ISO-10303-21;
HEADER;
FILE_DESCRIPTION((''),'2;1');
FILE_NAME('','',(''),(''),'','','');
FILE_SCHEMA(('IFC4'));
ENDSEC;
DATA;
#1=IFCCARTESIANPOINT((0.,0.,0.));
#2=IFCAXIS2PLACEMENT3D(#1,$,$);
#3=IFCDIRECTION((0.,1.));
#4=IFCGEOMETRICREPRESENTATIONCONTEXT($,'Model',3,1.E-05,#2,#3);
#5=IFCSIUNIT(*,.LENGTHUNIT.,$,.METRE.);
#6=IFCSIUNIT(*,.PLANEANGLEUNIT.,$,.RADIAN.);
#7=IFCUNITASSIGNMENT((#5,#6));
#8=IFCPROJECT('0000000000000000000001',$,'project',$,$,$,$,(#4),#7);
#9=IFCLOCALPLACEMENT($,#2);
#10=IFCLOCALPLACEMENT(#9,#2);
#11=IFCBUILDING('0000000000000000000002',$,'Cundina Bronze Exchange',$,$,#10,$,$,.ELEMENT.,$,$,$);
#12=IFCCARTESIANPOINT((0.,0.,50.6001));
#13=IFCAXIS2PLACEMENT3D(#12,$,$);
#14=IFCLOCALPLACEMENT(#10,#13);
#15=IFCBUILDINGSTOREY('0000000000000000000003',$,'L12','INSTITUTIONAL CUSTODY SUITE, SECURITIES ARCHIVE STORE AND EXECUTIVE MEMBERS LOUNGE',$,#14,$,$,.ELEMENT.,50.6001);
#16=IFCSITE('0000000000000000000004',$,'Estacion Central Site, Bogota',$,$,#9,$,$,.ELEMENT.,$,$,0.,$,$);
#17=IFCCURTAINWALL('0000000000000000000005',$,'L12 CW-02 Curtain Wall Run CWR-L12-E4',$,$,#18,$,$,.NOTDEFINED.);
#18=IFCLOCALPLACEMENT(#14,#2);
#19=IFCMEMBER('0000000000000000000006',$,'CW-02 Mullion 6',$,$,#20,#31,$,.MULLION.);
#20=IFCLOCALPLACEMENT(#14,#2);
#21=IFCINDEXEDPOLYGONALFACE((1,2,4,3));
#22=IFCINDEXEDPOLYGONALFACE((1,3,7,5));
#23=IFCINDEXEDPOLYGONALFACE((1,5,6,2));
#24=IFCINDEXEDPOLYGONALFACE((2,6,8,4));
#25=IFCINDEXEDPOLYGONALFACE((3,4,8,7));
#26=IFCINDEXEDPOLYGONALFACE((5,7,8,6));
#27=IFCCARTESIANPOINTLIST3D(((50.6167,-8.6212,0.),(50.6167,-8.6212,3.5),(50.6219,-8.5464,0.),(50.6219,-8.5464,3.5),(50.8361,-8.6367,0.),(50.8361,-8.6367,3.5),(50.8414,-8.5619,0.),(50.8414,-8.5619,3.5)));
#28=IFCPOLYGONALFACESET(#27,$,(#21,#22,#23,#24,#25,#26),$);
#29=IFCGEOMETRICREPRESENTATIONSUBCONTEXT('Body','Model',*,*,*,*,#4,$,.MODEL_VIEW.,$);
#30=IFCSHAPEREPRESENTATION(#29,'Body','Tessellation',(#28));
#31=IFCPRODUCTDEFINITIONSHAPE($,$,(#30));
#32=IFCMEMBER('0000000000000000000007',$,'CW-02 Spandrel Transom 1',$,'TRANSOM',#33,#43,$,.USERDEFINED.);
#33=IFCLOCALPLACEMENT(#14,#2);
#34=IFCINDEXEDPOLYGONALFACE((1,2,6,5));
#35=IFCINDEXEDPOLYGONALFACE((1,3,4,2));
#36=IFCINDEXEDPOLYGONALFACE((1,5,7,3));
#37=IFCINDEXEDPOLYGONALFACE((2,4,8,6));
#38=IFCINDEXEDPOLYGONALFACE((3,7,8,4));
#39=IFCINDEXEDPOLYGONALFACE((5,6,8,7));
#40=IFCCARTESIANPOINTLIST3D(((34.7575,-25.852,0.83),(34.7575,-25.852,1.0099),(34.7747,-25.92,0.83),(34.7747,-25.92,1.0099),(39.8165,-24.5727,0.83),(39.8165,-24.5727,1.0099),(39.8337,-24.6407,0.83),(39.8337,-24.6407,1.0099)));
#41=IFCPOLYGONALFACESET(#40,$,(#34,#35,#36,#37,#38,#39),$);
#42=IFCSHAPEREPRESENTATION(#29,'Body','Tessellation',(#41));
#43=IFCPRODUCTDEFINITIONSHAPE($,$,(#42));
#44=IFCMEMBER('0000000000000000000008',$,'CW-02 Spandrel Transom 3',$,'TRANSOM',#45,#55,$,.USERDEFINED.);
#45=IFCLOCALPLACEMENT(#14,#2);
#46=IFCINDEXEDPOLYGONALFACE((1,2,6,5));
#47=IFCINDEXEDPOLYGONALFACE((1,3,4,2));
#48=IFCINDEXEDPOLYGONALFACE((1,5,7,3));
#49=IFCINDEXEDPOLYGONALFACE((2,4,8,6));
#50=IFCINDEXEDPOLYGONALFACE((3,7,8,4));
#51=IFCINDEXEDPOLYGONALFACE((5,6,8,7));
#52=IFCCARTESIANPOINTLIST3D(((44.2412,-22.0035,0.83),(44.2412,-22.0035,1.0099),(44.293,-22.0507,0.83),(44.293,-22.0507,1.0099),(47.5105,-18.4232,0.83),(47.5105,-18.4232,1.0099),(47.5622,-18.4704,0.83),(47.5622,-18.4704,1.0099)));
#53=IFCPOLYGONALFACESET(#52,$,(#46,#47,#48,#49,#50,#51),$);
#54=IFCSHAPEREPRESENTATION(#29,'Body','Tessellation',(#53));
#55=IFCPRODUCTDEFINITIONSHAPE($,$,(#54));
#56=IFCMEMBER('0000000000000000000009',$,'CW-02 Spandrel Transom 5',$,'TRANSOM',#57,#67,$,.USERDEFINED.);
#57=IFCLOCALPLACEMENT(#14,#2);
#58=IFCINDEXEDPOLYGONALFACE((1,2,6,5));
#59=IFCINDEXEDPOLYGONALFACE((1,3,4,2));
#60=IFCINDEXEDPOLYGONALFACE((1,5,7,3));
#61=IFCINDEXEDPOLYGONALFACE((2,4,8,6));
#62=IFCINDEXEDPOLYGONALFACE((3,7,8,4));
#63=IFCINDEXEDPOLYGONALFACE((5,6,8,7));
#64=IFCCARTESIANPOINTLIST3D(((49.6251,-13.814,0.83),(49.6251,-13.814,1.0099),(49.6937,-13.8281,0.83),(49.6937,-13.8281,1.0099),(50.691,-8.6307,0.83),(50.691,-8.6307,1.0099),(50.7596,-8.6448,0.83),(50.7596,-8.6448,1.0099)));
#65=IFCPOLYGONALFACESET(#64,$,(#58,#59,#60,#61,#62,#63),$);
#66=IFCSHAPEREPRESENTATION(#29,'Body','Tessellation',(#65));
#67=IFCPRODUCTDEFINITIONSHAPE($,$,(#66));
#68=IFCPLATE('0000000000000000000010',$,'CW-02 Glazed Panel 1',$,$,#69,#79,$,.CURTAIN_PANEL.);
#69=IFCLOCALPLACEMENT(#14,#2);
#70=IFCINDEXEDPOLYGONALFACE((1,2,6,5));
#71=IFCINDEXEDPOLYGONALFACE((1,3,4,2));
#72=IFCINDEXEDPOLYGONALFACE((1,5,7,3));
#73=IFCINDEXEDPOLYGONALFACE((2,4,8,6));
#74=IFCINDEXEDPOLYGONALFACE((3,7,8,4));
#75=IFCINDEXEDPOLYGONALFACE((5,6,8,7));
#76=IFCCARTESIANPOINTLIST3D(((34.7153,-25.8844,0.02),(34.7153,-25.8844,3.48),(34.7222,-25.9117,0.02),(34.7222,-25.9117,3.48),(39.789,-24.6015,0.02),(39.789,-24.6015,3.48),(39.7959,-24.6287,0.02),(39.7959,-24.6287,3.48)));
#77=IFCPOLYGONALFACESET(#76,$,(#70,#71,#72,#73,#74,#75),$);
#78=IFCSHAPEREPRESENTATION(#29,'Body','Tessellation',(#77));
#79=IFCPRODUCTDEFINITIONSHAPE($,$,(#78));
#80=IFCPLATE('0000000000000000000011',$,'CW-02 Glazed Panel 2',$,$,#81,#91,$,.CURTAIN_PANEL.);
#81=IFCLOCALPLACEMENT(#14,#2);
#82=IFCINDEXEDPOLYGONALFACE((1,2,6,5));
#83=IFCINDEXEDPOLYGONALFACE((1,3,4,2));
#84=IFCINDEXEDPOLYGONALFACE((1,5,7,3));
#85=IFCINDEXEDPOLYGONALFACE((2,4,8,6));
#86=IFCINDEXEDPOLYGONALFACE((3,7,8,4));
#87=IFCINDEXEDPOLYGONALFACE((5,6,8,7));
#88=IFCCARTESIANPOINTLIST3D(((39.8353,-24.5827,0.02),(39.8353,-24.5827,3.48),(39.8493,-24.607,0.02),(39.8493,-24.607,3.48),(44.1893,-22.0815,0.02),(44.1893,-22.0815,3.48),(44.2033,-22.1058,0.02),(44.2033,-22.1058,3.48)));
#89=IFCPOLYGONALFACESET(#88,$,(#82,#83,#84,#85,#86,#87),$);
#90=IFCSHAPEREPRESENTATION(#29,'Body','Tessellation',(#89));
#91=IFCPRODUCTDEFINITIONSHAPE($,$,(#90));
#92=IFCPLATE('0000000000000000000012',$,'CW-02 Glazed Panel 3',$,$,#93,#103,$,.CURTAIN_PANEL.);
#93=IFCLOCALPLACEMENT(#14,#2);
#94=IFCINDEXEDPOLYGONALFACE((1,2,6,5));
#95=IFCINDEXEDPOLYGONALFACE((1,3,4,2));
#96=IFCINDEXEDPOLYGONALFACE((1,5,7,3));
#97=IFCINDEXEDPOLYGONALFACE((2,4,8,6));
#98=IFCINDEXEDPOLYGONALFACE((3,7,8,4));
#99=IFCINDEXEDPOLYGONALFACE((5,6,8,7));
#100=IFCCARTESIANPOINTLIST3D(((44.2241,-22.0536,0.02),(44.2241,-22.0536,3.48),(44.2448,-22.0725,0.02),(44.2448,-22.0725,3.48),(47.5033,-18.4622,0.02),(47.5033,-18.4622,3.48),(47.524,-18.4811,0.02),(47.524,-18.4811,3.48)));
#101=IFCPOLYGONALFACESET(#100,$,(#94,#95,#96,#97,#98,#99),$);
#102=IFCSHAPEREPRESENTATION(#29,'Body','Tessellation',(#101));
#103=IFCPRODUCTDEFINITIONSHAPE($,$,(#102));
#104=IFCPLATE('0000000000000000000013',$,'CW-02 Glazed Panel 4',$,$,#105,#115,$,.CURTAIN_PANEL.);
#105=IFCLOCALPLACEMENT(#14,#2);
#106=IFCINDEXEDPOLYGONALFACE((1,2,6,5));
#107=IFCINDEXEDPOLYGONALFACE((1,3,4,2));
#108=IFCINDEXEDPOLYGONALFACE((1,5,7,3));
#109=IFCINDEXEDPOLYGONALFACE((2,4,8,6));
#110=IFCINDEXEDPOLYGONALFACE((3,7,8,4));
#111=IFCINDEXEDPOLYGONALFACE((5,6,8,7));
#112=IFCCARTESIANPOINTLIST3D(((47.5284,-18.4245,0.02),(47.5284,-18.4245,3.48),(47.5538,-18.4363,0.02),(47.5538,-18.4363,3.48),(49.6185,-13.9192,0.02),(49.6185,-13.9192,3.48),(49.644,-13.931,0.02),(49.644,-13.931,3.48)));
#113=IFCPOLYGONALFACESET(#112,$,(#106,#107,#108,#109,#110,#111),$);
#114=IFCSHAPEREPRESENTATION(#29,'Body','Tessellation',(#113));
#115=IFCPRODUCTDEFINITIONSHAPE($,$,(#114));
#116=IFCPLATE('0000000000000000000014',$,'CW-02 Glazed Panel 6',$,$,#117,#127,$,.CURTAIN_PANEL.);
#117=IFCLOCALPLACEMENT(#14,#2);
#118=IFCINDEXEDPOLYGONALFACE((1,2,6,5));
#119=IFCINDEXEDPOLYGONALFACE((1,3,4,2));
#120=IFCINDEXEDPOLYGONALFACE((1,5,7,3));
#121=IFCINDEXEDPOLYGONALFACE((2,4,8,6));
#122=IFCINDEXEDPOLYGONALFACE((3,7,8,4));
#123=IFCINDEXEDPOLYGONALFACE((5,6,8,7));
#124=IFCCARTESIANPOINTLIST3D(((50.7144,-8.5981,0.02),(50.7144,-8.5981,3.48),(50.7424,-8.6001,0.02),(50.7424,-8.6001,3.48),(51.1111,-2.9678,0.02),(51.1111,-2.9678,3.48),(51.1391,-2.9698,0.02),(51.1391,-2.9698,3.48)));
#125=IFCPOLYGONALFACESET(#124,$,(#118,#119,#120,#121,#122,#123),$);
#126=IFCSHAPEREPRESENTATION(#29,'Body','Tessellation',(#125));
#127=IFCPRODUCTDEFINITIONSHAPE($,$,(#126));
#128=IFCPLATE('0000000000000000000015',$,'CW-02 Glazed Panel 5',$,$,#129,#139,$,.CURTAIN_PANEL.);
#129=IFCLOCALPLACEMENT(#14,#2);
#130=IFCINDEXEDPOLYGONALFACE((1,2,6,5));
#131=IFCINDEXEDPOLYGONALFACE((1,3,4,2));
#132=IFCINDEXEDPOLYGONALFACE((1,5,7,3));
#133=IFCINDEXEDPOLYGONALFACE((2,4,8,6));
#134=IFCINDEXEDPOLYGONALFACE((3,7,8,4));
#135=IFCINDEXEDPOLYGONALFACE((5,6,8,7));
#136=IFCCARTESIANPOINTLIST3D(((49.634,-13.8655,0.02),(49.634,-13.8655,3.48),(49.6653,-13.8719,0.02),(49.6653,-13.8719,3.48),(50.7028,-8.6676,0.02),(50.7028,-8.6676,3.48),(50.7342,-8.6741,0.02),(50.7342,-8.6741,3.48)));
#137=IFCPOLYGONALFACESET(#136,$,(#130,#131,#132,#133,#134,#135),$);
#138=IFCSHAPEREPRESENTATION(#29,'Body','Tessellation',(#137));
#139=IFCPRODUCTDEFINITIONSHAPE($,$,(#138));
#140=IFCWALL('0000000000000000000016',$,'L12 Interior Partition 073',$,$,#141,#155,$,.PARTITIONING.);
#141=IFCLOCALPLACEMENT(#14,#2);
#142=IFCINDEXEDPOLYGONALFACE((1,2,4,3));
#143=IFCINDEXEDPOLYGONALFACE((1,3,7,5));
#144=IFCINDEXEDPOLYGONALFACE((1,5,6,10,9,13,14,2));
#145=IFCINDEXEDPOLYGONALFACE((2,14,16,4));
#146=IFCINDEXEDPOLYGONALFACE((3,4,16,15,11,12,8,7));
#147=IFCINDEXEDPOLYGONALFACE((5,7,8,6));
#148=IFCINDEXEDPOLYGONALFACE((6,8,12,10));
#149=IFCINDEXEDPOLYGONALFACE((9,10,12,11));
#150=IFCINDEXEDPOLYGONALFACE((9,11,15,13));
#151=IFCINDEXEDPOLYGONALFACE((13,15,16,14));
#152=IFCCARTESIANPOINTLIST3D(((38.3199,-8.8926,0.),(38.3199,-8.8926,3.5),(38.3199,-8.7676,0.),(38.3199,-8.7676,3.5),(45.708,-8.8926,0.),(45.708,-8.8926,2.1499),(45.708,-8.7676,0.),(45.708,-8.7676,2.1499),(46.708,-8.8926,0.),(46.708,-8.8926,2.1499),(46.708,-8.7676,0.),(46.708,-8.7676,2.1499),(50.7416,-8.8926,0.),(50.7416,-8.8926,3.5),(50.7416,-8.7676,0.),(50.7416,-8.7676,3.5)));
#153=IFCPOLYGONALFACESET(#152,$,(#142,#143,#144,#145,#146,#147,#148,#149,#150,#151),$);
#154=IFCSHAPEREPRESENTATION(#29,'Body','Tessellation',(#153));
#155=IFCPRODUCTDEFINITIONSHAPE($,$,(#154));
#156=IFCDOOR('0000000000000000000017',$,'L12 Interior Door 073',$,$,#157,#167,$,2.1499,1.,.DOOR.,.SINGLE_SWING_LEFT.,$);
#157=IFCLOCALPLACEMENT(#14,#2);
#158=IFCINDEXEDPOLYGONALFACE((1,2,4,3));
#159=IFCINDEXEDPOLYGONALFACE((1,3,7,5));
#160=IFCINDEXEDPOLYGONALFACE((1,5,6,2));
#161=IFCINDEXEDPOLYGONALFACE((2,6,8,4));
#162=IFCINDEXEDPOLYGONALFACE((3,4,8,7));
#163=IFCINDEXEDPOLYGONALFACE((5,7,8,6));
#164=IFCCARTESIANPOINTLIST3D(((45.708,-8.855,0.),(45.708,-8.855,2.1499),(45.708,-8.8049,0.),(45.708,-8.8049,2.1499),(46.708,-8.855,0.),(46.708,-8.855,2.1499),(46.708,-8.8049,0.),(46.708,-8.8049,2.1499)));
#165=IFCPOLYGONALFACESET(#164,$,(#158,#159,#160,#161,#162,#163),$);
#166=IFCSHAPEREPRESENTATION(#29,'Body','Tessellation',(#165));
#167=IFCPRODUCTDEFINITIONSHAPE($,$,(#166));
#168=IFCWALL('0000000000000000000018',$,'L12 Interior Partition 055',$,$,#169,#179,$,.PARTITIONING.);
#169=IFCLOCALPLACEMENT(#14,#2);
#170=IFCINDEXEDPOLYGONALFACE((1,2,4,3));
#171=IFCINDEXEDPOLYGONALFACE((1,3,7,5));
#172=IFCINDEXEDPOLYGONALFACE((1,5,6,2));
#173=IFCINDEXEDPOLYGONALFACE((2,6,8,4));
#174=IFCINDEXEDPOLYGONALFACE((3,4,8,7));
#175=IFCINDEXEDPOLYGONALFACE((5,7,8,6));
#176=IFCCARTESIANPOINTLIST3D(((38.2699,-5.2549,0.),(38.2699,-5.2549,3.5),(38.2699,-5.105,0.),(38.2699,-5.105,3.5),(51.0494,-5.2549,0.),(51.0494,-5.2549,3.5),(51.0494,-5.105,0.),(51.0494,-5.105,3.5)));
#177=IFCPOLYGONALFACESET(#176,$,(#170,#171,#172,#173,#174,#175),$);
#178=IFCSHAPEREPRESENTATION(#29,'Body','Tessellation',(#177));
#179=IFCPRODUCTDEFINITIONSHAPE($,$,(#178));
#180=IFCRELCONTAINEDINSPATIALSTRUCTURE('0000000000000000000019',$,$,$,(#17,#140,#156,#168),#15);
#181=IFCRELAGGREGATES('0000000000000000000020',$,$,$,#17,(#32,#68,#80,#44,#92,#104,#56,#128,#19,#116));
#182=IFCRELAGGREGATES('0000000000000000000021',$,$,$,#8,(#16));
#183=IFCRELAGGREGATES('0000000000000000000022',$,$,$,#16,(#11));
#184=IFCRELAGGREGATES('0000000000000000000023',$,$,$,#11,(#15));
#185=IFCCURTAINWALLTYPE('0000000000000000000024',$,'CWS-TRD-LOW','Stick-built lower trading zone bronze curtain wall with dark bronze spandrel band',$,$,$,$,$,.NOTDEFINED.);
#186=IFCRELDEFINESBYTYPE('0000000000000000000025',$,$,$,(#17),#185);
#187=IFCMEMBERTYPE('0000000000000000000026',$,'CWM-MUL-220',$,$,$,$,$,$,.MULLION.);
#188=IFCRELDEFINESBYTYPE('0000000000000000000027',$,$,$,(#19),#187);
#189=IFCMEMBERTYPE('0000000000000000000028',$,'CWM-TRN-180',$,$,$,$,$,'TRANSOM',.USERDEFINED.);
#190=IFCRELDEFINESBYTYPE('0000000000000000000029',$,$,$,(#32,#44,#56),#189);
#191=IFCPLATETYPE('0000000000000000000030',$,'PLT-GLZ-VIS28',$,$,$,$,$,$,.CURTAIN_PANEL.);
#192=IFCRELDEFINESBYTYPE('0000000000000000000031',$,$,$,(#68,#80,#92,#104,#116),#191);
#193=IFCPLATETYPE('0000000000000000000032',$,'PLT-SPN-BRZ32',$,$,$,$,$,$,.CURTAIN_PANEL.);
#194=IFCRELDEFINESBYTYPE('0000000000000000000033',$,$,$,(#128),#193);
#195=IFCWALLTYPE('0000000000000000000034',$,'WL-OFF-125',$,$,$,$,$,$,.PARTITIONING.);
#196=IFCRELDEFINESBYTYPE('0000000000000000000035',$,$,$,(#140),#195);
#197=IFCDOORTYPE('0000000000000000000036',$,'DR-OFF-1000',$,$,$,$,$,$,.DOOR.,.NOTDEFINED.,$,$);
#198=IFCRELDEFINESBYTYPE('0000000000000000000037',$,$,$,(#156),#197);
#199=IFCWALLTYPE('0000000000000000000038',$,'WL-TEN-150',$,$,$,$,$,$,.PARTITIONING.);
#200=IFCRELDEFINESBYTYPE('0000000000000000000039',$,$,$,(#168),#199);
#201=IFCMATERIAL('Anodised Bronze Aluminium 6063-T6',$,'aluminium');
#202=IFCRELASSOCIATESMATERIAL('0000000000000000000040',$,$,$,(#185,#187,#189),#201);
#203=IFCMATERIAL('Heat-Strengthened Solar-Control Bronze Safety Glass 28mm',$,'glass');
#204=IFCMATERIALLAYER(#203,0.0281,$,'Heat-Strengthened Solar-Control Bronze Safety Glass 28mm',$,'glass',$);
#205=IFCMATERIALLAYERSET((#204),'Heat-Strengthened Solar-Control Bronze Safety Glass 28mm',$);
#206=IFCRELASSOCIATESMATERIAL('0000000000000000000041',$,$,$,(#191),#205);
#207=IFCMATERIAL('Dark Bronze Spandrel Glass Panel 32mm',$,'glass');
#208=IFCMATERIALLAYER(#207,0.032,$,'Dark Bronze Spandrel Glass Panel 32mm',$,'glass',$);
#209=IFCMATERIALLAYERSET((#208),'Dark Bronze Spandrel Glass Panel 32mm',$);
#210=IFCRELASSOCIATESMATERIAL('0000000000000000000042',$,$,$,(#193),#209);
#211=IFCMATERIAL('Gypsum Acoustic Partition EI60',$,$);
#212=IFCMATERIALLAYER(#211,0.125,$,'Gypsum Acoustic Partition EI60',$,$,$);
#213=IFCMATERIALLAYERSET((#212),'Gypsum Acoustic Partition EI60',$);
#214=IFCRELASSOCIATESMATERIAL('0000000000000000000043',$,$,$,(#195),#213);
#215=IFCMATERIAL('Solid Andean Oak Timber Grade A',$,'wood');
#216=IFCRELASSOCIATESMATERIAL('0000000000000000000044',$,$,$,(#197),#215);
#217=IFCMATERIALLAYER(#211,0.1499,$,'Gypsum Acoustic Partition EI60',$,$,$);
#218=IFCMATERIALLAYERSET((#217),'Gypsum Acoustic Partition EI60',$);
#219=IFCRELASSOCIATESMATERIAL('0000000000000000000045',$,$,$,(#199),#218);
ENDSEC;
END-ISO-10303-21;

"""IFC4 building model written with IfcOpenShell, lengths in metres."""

from ifc_helpers import new_model, si_unit, direction, frame, frame_2d, origin, origin_2d, place, context, subcontext, project, spatial, rectangle, extrude, material, layer, layer_set, material_profile, profile_set, type_object, element, fill, aggregate, save


model = new_model("IFC4")

# Units and contexts
model_context = context("Model", 3, precision=1e-05, world=origin(), true_north=direction((0.0, 1.0)))
body_context = subcontext(model_context, "Body", "Model", "MODEL_VIEW")
ifc_project = project(units=[si_unit("LENGTHUNIT", "METRE"), si_unit("PLANEANGLEUNIT", "RADIAN")], contexts=[model_context])

# Site, building, storey
site_placement = place(None, origin())
site = spatial("IfcSite", under=ifc_project, at=site_placement, Name="Estacion Central Site, Bogota", CompositionType="ELEMENT", RefElevation=0.0)
building_placement = place(site_placement, origin())
building = spatial("IfcBuilding", under=site, at=building_placement, Name="Cundina Bronze Exchange", CompositionType="ELEMENT")
storey_placement = place(building_placement, frame((0.0, 0.0, 50.6001)))
storey = spatial("IfcBuildingStorey", under=building, at=storey_placement, Name="L12", Description="INSTITUTIONAL CUSTODY SUITE, SECURITIES ARCHIVE STORE AND EXECUTIVE MEMBERS LOUNGE", CompositionType="ELEMENT", Elevation=50.6001)

# Curtain wall, members, plates
ifc_material_1 = material(Name="Anodised Bronze Aluminium 6063-T6", Category="aluminium")
curtain_wall_type = type_object("IfcCurtainWallType", Name="CWS-TRD-LOW", Description="Stick-built lower trading zone bronze curtain wall with dark bronze spandrel band", PredefinedType="NOTDEFINED", material=ifc_material_1)
curtain_wall_placement = place(storey_placement, origin())
curtain_wall = element("IfcCurtainWall", 1, at=curtain_wall_placement, inside=storey, type_object=curtain_wall_type, Name="L12 CW-02 Curtain Wall Run CWR-L12-E4", PredefinedType="NOTDEFINED")
ifc_material_profile_1 = material_profile(ifc_material_1, rectangle(XDim=0.075, YDim=0.22, at=origin_2d()), Name="AL75X220", Category="aluminium")
ifc_profile_set_1 = profile_set([ifc_material_profile_1], Name="Anodised Bronze Aluminium 6063-T6")
member_type_1 = type_object("IfcMemberType", Name="CWM-MUL-220", PredefinedType="MULLION", material=ifc_profile_set_1)
member_1_placement = place(storey_placement, frame((50.729, -8.5916, 0.0), z_axis=(0.0, 0.0, 1.0), x_axis=(0.070279, 0.997527, 0.0)))
member_1 = element("IfcMember", 2, at=member_1_placement, type_object=member_type_1, Name="CW-02 Mullion 6", PredefinedType="MULLION", context=body_context, shape_type="SweptSolid", body=[
    extrude(rectangle(XDim=0.075, YDim=0.22, at=origin_2d()), origin(), (0.0, 0.0, 1.0), 3.5),
])
ifc_material_profile_2 = material_profile(ifc_material_1, rectangle(XDim=0.0701, YDim=0.1799, at=origin_2d()), Name="AL70X180", Category="aluminium")
ifc_profile_set_2 = profile_set([ifc_material_profile_2], Name="Anodised Bronze Aluminium 6063-T6")
member_type_2 = type_object("IfcMemberType", Name="CWM-TRN-180", ElementType="TRANSOM", PredefinedType="USERDEFINED", material=ifc_profile_set_2)
member_2_placement = place(storey_placement, frame((34.7661, -25.886, 0.9199), z_axis=(0.969484, 0.245155, 0.0), x_axis=(-0.245155, 0.969484, 0.0)))
member_2 = element("IfcMember", 3, at=member_2_placement, type_object=member_type_2, Name="CW-02 Spandrel Transom 1", ObjectType="TRANSOM", PredefinedType="USERDEFINED", context=body_context, shape_type="SweptSolid", body=[
    extrude(rectangle(XDim=0.0701, YDim=0.1799, at=origin_2d()), origin(), (0.0, 0.0, 1.0), 5.2183),
])
member_3_placement = place(storey_placement, frame((44.2671, -22.0271, 0.9199), z_axis=(0.674303, 0.738455, 0.0), x_axis=(-0.738455, 0.674303, 0.0)))
member_3 = element("IfcMember", 4, at=member_3_placement, type_object=member_type_2, Name="CW-02 Spandrel Transom 3", ObjectType="TRANSOM", PredefinedType="USERDEFINED", context=body_context, shape_type="SweptSolid", body=[
    extrude(rectangle(XDim=0.0701, YDim=0.1799, at=origin_2d()), origin(), (0.0, 0.0, 1.0), 4.8484),
])
member_4_placement = place(storey_placement, frame((49.6594, -13.821, 0.9199), z_axis=(0.201428, 0.979503, 0.0), x_axis=(-0.979503, 0.201428, 0.0)))
member_4 = element("IfcMember", 5, at=member_4_placement, type_object=member_type_2, Name="CW-02 Spandrel Transom 5", ObjectType="TRANSOM", PredefinedType="USERDEFINED", context=body_context, shape_type="SweptSolid", body=[
    extrude(rectangle(XDim=0.0701, YDim=0.1799, at=origin_2d()), origin(), (0.0, 0.0, 1.0), 5.2917),
])
ifc_material_2 = material(Name="Heat-Strengthened Solar-Control Bronze Safety Glass 28mm", Category="glass")
ifc_layer_1 = layer(ifc_material_2, 0.0281, Name="Heat-Strengthened Solar-Control Bronze Safety Glass 28mm", Category="glass")
ifc_layer_set_1 = layer_set([ifc_layer_1], Name="Heat-Strengthened Solar-Control Bronze Safety Glass 28mm")
plate_type_1 = type_object("IfcPlateType", Name="PLT-GLZ-VIS28", PredefinedType="CURTAIN_PANEL", material=ifc_layer_set_1)
plate_1_placement = place(storey_placement, frame((37.2556, -25.2566, 0.02), z_axis=(0.0, 0.0, 1.0), x_axis=(0.969488, 0.245138, 0.0)))
plate_1 = element("IfcPlate", 6, at=plate_1_placement, type_object=plate_type_1, Name="CW-02 Glazed Panel 1", PredefinedType="CURTAIN_PANEL", context=body_context, shape_type="SweptSolid", body=[
    extrude(rectangle(XDim=5.2334, YDim=0.0281, at=origin_2d()), origin(), (0.0, 0.0, 1.0), 3.46),
])
plate_2_placement = place(storey_placement, frame((42.0193, -23.3442, 0.02), z_axis=(0.0, 0.0, 1.0), x_axis=(0.867105, 0.498125, 0.0)))
plate_2 = element("IfcPlate", 7, at=plate_2_placement, type_object=plate_type_1, Name="CW-02 Glazed Panel 2", PredefinedType="CURTAIN_PANEL", context=body_context, shape_type="SweptSolid", body=[
    extrude(rectangle(XDim=5.0212, YDim=0.0281, at=origin_2d()), origin(), (0.0, 0.0, 1.0), 3.46),
])
plate_3_placement = place(storey_placement, frame((45.874, -20.2673, 0.02), z_axis=(0.0, 0.0, 1.0), x_axis=(0.674277, 0.738479, 0.0)))
plate_3 = element("IfcPlate", 8, at=plate_3_placement, type_object=plate_type_1, Name="CW-02 Glazed Panel 3", PredefinedType="CURTAIN_PANEL", context=body_context, shape_type="SweptSolid", body=[
    extrude(rectangle(XDim=4.8633, YDim=0.0281, at=origin_2d()), origin(), (0.0, 0.0, 1.0), 3.46),
])
plate_4_placement = place(storey_placement, frame((48.5862, -16.1777, 0.02), z_axis=(0.0, 0.0, 1.0), x_axis=(0.420846, 0.907132, 0.0)))
plate_4 = element("IfcPlate", 9, at=plate_4_placement, type_object=plate_type_1, Name="CW-02 Glazed Panel 4", PredefinedType="CURTAIN_PANEL", context=body_context, shape_type="SweptSolid", body=[
    extrude(rectangle(XDim=4.9666, YDim=0.0281, at=origin_2d()), origin(), (0.0, 0.0, 1.0), 3.46),
])
plate_5_placement = place(storey_placement, frame((50.9268, -5.7839, 0.02), z_axis=(0.0, 0.0, 1.0), x_axis=(0.070279, 0.997527, 0.0)))
plate_5 = element("IfcPlate", 10, at=plate_5_placement, type_object=plate_type_1, Name="CW-02 Glazed Panel 6", PredefinedType="CURTAIN_PANEL", context=body_context, shape_type="SweptSolid", body=[
    extrude(rectangle(XDim=5.6443, YDim=0.0281, at=origin_2d()), origin(), (0.0, 0.0, 1.0), 3.46),
])
ifc_material_3 = material(Name="Dark Bronze Spandrel Glass Panel 32mm", Category="glass")
ifc_layer_2 = layer(ifc_material_3, 0.032, Name="Dark Bronze Spandrel Glass Panel 32mm", Category="glass")
ifc_layer_set_2 = layer_set([ifc_layer_2], Name="Dark Bronze Spandrel Glass Panel 32mm")
plate_type_2 = type_object("IfcPlateType", Name="PLT-SPN-BRZ32", PredefinedType="CURTAIN_PANEL", material=ifc_layer_set_2)
plate_6_placement = place(storey_placement, frame((50.1841, -11.2698, 0.02), z_axis=(0.0, 0.0, 1.0), x_axis=(0.20142, 0.979505, 0.0)))
plate_6 = element("IfcPlate", 11, at=plate_6_placement, type_object=plate_type_2, Name="CW-02 Glazed Panel 5", PredefinedType="CURTAIN_PANEL", context=body_context, shape_type="SweptSolid", body=[
    extrude(rectangle(XDim=5.3066, YDim=0.032, at=origin_2d()), origin(), (0.0, 0.0, 1.0), 3.46),
])
aggregate(curtain_wall, [member_2, plate_1, plate_2, member_3, plate_3, plate_4, member_4, plate_6, member_1, plate_5])

# Wall, opening, door
ifc_material_4 = material(Name="Gypsum Acoustic Partition EI60")
ifc_layer_3 = layer(ifc_material_4, 0.125, Name="Gypsum Acoustic Partition EI60")
ifc_layer_set_3 = layer_set([ifc_layer_3], Name="Gypsum Acoustic Partition EI60")
wall_type_1 = type_object("IfcWallType", Name="WL-OFF-125", PredefinedType="PARTITIONING", material=ifc_layer_set_3)
wall_1_placement = place(storey_placement, frame((50.7417, -8.8301, 0.0), z_axis=(0.0, 0.0, 1.0), x_axis=(-1.0, 0.0, 0.0)))
wall_1 = element("IfcWall", 12, at=wall_1_placement, inside=storey, type_object=wall_type_1, Name="L12 Interior Partition 073", PredefinedType="PARTITIONING", context=body_context, shape_type="SweptSolid", body=[
    extrude(rectangle(XDim=12.4216, YDim=0.125, at=frame_2d((6.2109, 0.0))), origin(), (0.0, 0.0, 1.0), 3.5),
])
opening_placement = place(wall_1_placement, frame((4.0337, 0.0, 0.0)))
opening = element("IfcOpeningElement", 13, at=opening_placement, cuts=wall_1, PredefinedType="OPENING", context=body_context, shape_type="SweptSolid", body=[
    extrude(rectangle(XDim=1.0, YDim=2.1499, at=frame_2d((0.5, 1.075))), frame((0.0, 0.0725, 0.0), z_axis=(0.0, -1.0, 0.0), x_axis=(1.0, 0.0, 0.0)), (0.0, 0.0, 1.0), 0.145),
])
ifc_material_5 = material(Name="Solid Andean Oak Timber Grade A", Category="wood")
door_type = type_object("IfcDoorType", Name="DR-OFF-1000", OperationType="NOTDEFINED", PredefinedType="DOOR", material=ifc_material_5)
door_placement = place(opening_placement, origin())
door = element("IfcDoor", 14, at=door_placement, inside=storey, type_object=door_type, Name="L12 Interior Door 073", OperationType="SINGLE_SWING_LEFT", OverallHeight=2.1499, OverallWidth=1.0, PredefinedType="DOOR", context=body_context, shape_type="SweptSolid", body=[
    extrude(rectangle(XDim=1.0, YDim=2.1499, at=frame_2d((0.5, 1.075))), frame((0.0, 0.0249, 0.0), z_axis=(0.0, -1.0, 0.0), x_axis=(1.0, 0.0, 0.0)), (0.0, 0.0, 1.0), 0.05),
])
fill(opening, door)

# Wall
ifc_layer_4 = layer(ifc_material_4, 0.1499, Name="Gypsum Acoustic Partition EI60")
ifc_layer_set_4 = layer_set([ifc_layer_4], Name="Gypsum Acoustic Partition EI60")
wall_type_2 = type_object("IfcWallType", Name="WL-TEN-150", PredefinedType="PARTITIONING", material=ifc_layer_set_4)
wall_2_placement = place(storey_placement, frame((38.27, -5.1799, 0.0), z_axis=(0.0, 0.0, 1.0), x_axis=(1.0, 0.0, 0.0)))
element("IfcWall", 15, at=wall_2_placement, inside=storey, type_object=wall_type_2, Name="L12 Interior Partition 055", PredefinedType="PARTITIONING", context=body_context, shape_type="SweptSolid", body=[
    extrude(rectangle(XDim=12.7795, YDim=0.1499, at=frame_2d((6.3896, 0.0))), origin(), (0.0, 0.0, 1.0), 3.5),
])

save(model, "model.ifc")
